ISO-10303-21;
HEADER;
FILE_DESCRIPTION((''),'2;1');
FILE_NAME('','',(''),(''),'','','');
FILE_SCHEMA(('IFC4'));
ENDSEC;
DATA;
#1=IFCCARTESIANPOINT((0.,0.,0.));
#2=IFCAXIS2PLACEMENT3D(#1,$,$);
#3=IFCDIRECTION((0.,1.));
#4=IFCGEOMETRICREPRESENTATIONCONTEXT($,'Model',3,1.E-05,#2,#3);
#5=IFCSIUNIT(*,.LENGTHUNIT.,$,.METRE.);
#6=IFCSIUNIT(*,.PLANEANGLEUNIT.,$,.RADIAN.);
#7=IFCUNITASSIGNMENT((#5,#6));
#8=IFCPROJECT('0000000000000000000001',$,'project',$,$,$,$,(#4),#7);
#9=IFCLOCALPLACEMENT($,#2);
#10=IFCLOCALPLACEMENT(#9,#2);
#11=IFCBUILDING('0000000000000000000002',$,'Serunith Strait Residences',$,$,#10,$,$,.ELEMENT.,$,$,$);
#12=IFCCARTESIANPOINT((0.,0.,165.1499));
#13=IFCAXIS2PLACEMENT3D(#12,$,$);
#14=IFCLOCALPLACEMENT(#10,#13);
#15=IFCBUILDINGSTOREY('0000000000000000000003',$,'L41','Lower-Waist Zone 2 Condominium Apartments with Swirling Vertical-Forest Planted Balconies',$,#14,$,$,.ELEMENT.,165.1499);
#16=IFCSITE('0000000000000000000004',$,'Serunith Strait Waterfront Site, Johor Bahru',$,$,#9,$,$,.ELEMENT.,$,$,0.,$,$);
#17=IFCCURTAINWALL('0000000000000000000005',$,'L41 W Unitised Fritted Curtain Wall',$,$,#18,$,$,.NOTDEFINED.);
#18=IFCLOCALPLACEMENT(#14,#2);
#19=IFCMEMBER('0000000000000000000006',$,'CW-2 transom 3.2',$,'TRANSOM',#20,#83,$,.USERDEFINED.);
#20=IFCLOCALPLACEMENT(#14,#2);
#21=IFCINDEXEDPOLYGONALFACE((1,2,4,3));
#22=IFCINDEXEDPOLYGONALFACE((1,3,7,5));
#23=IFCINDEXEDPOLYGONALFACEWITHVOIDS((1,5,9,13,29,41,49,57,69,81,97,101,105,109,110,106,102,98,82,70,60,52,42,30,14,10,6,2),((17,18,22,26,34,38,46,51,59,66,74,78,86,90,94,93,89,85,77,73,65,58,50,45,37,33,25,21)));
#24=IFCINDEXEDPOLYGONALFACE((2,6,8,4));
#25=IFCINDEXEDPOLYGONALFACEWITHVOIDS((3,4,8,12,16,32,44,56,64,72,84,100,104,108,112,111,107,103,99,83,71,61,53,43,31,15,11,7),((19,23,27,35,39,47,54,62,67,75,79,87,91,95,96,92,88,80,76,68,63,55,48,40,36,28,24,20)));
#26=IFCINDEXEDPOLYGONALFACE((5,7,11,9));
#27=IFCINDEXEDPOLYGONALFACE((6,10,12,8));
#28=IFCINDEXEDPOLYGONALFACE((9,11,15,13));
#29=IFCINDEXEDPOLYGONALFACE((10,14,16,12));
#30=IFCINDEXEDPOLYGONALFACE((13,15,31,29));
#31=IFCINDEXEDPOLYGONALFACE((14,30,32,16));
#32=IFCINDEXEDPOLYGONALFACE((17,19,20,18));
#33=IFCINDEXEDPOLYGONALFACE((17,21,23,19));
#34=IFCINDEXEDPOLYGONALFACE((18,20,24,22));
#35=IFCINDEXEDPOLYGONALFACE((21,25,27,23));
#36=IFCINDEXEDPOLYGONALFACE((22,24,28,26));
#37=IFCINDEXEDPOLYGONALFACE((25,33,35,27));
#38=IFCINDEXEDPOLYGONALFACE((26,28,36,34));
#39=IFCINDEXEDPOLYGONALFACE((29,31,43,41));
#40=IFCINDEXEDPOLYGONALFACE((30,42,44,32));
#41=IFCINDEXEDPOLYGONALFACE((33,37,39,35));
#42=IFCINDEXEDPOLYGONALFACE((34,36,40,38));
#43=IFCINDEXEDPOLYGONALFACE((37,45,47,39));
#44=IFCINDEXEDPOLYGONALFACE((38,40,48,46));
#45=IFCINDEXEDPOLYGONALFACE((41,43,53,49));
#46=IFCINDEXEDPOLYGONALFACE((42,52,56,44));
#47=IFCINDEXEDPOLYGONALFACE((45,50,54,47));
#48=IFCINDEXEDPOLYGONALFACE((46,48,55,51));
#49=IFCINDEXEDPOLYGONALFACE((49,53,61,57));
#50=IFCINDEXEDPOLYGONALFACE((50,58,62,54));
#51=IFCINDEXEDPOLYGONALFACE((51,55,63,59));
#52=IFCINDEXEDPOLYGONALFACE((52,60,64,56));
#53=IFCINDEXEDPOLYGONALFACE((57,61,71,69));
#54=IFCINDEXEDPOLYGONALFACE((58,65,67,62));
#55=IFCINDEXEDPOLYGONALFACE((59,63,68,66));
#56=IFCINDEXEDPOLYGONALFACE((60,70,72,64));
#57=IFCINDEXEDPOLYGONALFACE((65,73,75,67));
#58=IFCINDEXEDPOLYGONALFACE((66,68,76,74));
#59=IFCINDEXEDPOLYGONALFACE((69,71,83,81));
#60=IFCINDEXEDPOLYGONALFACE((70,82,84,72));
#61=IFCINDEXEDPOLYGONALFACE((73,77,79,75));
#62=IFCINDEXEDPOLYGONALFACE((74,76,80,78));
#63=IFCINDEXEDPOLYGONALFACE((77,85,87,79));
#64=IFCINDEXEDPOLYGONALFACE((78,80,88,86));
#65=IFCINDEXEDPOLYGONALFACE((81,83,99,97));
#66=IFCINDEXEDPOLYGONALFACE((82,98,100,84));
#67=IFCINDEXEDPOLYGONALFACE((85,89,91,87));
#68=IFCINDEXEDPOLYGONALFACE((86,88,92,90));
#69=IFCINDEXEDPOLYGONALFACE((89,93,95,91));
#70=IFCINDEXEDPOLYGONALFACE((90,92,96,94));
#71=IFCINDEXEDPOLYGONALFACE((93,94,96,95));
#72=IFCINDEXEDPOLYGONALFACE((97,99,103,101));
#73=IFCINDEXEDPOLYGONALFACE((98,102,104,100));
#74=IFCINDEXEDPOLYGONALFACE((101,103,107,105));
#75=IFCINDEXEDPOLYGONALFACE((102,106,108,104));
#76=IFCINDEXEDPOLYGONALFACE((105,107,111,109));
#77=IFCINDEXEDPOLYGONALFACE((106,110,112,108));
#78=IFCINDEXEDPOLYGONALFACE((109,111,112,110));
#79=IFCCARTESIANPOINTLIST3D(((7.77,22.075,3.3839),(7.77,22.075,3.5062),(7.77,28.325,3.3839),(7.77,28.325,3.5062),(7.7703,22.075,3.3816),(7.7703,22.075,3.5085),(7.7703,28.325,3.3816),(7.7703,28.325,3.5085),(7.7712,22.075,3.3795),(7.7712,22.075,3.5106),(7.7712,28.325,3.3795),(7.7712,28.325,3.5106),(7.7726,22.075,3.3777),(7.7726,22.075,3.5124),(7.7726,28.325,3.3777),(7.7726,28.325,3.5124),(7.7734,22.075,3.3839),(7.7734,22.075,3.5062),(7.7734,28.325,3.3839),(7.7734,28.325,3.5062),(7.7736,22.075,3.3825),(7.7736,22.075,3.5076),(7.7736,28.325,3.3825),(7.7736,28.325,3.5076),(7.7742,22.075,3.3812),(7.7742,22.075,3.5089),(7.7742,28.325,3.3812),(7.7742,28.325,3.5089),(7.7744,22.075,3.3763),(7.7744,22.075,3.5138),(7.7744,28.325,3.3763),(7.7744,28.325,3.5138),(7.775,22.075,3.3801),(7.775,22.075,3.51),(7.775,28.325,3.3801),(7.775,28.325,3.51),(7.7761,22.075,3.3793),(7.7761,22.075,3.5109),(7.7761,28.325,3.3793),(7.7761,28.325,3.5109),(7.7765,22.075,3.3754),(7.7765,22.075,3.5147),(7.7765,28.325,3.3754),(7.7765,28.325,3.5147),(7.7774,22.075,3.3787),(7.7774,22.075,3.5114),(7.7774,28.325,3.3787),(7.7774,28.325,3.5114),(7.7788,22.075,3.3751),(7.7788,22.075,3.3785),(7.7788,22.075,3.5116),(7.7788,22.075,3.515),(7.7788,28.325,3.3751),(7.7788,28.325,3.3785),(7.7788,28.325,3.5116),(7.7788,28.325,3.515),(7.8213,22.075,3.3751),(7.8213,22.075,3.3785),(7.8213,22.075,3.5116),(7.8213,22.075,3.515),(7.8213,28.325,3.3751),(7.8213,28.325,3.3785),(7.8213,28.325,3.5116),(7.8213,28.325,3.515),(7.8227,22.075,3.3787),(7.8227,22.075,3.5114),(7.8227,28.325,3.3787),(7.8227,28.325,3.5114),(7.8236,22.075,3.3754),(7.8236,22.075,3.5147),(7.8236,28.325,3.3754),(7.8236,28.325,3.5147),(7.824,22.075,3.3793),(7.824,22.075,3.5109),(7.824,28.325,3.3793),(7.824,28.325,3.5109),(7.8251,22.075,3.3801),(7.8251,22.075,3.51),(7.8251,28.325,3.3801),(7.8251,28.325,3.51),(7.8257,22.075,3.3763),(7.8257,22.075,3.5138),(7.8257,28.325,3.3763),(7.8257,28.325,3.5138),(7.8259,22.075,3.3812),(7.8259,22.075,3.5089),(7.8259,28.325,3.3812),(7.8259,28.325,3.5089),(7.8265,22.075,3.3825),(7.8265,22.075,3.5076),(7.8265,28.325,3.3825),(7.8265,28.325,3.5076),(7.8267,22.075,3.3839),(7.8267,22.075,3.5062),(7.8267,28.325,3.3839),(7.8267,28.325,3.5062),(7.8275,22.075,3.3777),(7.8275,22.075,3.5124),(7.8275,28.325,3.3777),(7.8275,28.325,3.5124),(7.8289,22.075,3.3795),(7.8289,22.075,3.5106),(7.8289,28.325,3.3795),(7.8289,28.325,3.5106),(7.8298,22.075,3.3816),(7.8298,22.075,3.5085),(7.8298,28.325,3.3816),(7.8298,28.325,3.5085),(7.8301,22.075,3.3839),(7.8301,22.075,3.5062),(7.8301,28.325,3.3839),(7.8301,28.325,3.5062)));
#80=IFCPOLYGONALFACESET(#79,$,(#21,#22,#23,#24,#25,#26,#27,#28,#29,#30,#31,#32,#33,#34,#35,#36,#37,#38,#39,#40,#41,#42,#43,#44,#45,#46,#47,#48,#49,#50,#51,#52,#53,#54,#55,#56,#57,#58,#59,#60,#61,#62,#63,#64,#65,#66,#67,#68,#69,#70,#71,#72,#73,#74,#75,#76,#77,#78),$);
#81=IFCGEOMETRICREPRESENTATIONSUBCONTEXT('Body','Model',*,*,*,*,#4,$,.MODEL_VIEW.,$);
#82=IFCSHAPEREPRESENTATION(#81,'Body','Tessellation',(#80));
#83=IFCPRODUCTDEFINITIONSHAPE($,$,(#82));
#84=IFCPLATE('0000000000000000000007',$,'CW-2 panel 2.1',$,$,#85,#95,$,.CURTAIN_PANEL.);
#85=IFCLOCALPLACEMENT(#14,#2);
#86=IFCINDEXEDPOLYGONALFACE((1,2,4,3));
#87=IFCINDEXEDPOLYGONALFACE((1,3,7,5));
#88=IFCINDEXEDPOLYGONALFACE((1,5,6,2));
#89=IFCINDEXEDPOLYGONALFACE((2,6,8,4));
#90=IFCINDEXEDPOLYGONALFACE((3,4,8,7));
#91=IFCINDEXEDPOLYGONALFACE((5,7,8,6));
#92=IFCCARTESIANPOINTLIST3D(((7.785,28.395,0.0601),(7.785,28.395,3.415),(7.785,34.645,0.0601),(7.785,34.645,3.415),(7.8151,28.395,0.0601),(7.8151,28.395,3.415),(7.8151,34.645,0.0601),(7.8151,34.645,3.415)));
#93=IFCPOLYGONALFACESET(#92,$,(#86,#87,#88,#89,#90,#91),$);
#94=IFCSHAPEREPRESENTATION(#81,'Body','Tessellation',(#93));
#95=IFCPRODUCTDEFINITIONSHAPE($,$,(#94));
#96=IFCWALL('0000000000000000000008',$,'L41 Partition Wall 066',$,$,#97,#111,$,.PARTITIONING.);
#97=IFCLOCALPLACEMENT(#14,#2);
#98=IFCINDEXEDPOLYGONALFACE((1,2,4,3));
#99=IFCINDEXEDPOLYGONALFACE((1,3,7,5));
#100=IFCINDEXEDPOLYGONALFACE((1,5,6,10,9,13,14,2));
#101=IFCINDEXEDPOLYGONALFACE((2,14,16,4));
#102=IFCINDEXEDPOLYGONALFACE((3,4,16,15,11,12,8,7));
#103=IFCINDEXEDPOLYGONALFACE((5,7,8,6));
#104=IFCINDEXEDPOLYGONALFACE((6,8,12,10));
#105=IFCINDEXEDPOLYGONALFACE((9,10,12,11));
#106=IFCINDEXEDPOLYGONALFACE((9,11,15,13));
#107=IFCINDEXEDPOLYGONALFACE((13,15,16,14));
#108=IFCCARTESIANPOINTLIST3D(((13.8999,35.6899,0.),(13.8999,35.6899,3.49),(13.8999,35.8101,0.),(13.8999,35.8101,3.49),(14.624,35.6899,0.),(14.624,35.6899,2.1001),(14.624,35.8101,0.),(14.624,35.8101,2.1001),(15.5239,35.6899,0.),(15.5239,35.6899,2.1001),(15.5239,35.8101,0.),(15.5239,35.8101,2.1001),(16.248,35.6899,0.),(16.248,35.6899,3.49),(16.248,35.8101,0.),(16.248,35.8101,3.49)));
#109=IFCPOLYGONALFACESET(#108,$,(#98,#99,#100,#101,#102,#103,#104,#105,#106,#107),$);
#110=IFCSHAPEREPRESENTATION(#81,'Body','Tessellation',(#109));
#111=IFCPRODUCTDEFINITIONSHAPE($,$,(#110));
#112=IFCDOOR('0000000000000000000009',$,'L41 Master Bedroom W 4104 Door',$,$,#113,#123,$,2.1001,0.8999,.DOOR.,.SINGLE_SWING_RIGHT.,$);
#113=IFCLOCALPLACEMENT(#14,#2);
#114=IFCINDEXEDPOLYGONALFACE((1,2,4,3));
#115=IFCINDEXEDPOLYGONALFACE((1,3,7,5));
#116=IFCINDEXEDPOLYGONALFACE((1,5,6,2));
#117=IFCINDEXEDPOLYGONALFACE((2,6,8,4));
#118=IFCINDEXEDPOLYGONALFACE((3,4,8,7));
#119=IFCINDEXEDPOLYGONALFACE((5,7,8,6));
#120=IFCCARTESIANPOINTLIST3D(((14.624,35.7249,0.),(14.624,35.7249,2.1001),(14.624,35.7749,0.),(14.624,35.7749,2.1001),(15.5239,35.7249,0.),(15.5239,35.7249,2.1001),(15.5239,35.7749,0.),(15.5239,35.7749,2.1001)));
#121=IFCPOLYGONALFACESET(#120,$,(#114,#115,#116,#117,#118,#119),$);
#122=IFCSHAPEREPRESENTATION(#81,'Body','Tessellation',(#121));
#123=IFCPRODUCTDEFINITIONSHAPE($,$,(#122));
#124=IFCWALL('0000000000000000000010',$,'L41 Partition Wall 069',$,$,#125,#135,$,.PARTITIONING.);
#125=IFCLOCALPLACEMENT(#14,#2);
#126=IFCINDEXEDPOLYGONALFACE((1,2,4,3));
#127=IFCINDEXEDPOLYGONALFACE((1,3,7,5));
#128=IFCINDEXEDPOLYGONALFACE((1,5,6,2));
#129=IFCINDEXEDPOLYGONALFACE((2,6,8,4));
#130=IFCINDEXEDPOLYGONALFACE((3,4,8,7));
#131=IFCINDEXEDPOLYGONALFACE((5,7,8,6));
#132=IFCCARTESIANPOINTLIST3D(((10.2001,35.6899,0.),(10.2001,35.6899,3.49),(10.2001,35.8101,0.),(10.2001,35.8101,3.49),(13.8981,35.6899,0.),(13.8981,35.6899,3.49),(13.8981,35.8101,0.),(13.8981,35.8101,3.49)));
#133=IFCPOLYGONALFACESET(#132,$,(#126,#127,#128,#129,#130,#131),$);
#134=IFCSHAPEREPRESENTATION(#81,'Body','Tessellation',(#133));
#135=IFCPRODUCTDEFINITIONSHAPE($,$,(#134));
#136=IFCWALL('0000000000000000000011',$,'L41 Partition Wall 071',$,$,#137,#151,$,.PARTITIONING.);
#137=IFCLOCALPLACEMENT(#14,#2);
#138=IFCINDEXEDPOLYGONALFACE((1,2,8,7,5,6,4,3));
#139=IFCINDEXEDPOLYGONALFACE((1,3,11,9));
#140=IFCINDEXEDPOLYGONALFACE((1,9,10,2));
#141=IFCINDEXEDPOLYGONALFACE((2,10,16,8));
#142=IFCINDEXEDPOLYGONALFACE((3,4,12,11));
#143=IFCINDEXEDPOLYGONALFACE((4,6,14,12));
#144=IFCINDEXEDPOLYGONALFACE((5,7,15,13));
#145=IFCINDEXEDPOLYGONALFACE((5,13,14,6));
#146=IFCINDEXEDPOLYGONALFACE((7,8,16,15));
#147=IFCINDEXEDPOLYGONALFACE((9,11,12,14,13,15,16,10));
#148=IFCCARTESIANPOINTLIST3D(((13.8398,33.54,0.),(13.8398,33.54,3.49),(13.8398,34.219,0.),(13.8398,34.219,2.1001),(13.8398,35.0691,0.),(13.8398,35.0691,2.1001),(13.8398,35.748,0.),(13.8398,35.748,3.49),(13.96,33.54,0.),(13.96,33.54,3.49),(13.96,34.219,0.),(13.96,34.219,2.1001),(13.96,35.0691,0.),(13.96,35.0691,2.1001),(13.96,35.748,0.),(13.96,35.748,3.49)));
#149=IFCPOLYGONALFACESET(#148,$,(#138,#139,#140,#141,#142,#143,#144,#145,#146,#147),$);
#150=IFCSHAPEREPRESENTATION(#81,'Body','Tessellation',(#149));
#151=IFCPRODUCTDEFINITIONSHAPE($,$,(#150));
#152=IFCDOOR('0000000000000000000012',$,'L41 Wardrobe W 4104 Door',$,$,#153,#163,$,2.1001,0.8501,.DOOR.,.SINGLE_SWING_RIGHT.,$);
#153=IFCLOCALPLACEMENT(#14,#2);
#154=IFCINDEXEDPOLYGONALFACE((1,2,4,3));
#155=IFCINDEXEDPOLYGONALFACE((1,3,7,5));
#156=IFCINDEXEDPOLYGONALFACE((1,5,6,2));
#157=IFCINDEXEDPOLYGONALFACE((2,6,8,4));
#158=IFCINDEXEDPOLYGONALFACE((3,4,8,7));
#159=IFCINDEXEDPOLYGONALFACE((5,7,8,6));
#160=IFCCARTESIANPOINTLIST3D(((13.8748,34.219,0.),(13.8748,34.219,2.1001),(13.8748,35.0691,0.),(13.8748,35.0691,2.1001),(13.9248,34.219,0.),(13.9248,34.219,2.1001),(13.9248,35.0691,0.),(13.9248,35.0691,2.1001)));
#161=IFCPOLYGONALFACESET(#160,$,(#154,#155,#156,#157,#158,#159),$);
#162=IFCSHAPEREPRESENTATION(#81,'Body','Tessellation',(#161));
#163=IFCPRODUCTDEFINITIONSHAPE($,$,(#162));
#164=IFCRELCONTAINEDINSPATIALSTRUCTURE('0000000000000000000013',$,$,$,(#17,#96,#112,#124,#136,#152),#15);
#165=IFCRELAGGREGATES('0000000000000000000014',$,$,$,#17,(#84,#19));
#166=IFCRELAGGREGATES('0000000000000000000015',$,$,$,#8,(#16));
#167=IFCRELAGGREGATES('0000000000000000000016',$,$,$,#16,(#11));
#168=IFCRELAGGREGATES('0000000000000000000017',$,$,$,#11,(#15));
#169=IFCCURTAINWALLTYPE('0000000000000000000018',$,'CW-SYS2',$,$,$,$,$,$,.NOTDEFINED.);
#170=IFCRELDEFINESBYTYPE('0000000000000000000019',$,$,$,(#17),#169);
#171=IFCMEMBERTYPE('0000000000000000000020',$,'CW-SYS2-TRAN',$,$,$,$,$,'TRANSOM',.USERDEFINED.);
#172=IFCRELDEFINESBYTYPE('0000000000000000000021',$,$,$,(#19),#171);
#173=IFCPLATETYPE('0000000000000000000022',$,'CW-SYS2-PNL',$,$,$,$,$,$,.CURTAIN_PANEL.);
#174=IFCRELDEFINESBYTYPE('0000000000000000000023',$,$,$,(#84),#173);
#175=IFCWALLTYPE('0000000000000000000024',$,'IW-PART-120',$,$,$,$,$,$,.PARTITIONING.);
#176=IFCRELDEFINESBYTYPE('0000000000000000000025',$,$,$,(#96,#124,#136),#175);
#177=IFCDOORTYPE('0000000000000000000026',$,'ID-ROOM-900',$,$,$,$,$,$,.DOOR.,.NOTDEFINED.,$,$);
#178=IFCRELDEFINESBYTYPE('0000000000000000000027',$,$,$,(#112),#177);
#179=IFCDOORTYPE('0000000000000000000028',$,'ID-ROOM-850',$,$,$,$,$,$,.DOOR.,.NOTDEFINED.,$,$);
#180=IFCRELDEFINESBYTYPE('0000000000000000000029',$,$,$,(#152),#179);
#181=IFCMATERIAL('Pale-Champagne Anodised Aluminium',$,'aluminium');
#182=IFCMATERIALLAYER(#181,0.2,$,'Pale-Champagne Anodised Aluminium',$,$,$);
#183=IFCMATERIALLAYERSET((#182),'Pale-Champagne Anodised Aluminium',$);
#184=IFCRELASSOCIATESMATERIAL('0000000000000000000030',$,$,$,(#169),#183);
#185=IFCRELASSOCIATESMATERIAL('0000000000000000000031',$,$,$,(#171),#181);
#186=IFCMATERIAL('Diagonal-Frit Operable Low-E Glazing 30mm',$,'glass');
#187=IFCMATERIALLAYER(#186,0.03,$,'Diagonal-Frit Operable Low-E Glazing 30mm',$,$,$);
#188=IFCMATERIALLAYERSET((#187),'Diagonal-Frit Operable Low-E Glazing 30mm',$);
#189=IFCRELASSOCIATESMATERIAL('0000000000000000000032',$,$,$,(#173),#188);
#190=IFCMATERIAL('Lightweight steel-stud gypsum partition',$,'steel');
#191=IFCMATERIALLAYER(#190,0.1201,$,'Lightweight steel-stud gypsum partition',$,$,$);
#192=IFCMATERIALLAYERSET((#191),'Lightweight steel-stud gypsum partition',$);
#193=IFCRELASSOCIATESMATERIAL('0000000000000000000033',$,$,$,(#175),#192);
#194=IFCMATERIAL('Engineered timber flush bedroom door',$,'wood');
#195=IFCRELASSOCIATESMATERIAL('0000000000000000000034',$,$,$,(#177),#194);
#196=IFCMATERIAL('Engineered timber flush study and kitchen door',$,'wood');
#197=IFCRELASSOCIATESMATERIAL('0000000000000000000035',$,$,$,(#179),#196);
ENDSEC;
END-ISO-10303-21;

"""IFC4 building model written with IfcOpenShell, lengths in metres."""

from ifc_helpers import new_model, si_unit, direction, frame, frame_2d, origin, origin_2d, place, context, subcontext, project, spatial, rectangle, hollow_rectangle, extrude, source, transform, mapped, material, layer, layer_set, material_profile, profile_set, type_object, element, fill, aggregate, save


model = new_model("IFC4")

# Units and contexts
model_context = context("Model", 3, precision=1e-05, world=origin(), true_north=direction((0.0, 1.0)))
body_context = subcontext(model_context, "Body", "Model", "MODEL_VIEW")
ifc_project = project(units=[si_unit("LENGTHUNIT", "METRE"), si_unit("PLANEANGLEUNIT", "RADIAN")], contexts=[model_context])

# Site, building, storey
site_placement = place(None, origin())
site = spatial("IfcSite", under=ifc_project, at=site_placement, Name="Serunith Strait Waterfront Site, Johor Bahru", CompositionType="ELEMENT", RefElevation=0.0)
building_placement = place(site_placement, origin())
building = spatial("IfcBuilding", under=site, at=building_placement, Name="Serunith Strait Residences", CompositionType="ELEMENT")
storey_placement = place(building_placement, frame((0.0, 0.0, 165.1499)))
storey = spatial("IfcBuildingStorey", under=building, at=storey_placement, Name="L41", Description="Lower-Waist Zone 2 Condominium Apartments with Swirling Vertical-Forest Planted Balconies", CompositionType="ELEMENT", Elevation=165.1499)

# Curtain wall, member, plate
ifc_material_1 = material(Name="Pale-Champagne Anodised Aluminium", Category="aluminium")
ifc_layer_1 = layer(ifc_material_1, 0.2, Name="Pale-Champagne Anodised Aluminium")
ifc_layer_set_1 = layer_set([ifc_layer_1], Name="Pale-Champagne Anodised Aluminium")
curtain_wall_type = type_object("IfcCurtainWallType", Name="CW-SYS2", PredefinedType="NOTDEFINED", material=ifc_layer_set_1)
curtain_wall_placement = place(storey_placement, origin())
curtain_wall = element("IfcCurtainWall", 1, at=curtain_wall_placement, inside=storey, type_object=curtain_wall_type, Name="L41 W Unitised Fritted Curtain Wall", PredefinedType="NOTDEFINED")
ifc_material_profile_1 = material_profile(ifc_material_1, hollow_rectangle(XDim=0.0601, YDim=0.1399, WallThickness=0.0034, InnerFilletRadius=0.0054, OuterFilletRadius=0.0088, at=origin_2d()), Name="ALU 140x60x3.5")
ifc_profile_set_1 = profile_set([ifc_material_profile_1], Name="Pale-Champagne Anodised Aluminium")
member_type_1 = type_object("IfcMemberType", Name="CW-SYS2-TRAN", ElementType="TRANSOM", PredefinedType="USERDEFINED", material=ifc_profile_set_1)
shared_shape_1 = source(origin(), body_context, "Body", "SweptSolid", [
    extrude(hollow_rectangle(XDim=0.0601, YDim=0.1399, WallThickness=0.0034, InnerFilletRadius=0.0054, OuterFilletRadius=0.0088, at=origin_2d()), origin(), (0.0, 0.0, 1.0), 6.25),
])
member_1_placement = place(storey_placement, frame((7.8, 28.325, 3.4451), z_axis=(0.0, -1.0, 0.0), x_axis=(1.0, 0.0, 0.0)))
member_1 = element("IfcMember", 2, at=member_1_placement, type_object=member_type_1, Name="CW-2 transom 3.2", ObjectType="TRANSOM", PredefinedType="USERDEFINED", context=body_context, shape_type="MappedRepresentation", body=[
    mapped(shared_shape_1, transform((0.0, 0.0, 0.0), scale=1.0)),
])
ifc_material_2 = material(Name="Diagonal-Frit Operable Low-E Glazing 30mm", Category="glass")
ifc_layer_2 = layer(ifc_material_2, 0.03, Name="Diagonal-Frit Operable Low-E Glazing 30mm")
ifc_layer_set_2 = layer_set([ifc_layer_2], Name="Diagonal-Frit Operable Low-E Glazing 30mm")
plate_type = type_object("IfcPlateType", Name="CW-SYS2-PNL", PredefinedType="CURTAIN_PANEL", material=ifc_layer_set_2)
shared_shape_2 = source(origin(), body_context, "Body", "SweptSolid", [
    extrude(rectangle(XDim=6.25, YDim=0.03, at=origin_2d()), origin(), (0.0, 0.0, 1.0), 3.355),
])
plate_placement = place(storey_placement, frame((7.8, 31.52, 0.0601), z_axis=(0.0, 0.0, 1.0), x_axis=(0.0, -1.0, 0.0)))
plate = element("IfcPlate", 3, at=plate_placement, type_object=plate_type, Name="CW-2 panel 2.1", PredefinedType="CURTAIN_PANEL", context=body_context, shape_type="MappedRepresentation", body=[
    mapped(shared_shape_2, transform((0.0, 0.0, 0.0), scale=1.0)),
])
aggregate(curtain_wall, [plate, member_1])

# Wall, opening, door
ifc_material_3 = material(Name="Lightweight steel-stud gypsum partition", Category="steel")
ifc_layer_3 = layer(ifc_material_3, 0.1201, Name="Lightweight steel-stud gypsum partition")
ifc_layer_set_3 = layer_set([ifc_layer_3], Name="Lightweight steel-stud gypsum partition")
wall_type_1 = type_object("IfcWallType", Name="IW-PART-120", PredefinedType="PARTITIONING", material=ifc_layer_set_3)
wall_1_placement = place(storey_placement, frame((13.8999, 35.75, 0.0), z_axis=(0.0, 0.0, 1.0), x_axis=(1.0, 0.0, 0.0)))
wall_1 = element("IfcWall", 4, at=wall_1_placement, inside=storey, type_object=wall_type_1, Name="L41 Partition Wall 066", PredefinedType="PARTITIONING", context=body_context, shape_type="SweptSolid", body=[
    extrude(rectangle(XDim=2.3481, YDim=0.1201, at=frame_2d((1.1741, 0.0))), origin(), (0.0, 0.0, 1.0), 3.49),
])
opening_1_placement = place(wall_1_placement, frame((0.7241, 0.0, 0.0)))
opening_1 = element("IfcOpeningElement", 5, at=opening_1_placement, cuts=wall_1, PredefinedType="OPENING", context=body_context, shape_type="SweptSolid", body=[
    extrude(rectangle(XDim=0.8999, YDim=2.1001, at=frame_2d((0.45, 1.05))), frame((0.0, 0.0701, 0.0), z_axis=(0.0, -1.0, 0.0), x_axis=(1.0, 0.0, 0.0)), (0.0, 0.0, 1.0), 0.1401),
])
ifc_material_4 = material(Name="Engineered timber flush bedroom door", Category="wood")
door_type_1 = type_object("IfcDoorType", Name="ID-ROOM-900", OperationType="NOTDEFINED", PredefinedType="DOOR", material=ifc_material_4)
shared_shape_3 = source(origin(), body_context, "Body", "SweptSolid", [
    extrude(rectangle(XDim=0.8999, YDim=2.1001, at=frame_2d((0.45, 1.05))), frame((0.0, 0.0249, 0.0), z_axis=(0.0, -1.0, 0.0), x_axis=(1.0, 0.0, 0.0)), (0.0, 0.0, 1.0), 0.05),
])
door_1_placement = place(opening_1_placement, origin())
door_1 = element("IfcDoor", 6, at=door_1_placement, inside=storey, type_object=door_type_1, Name="L41 Master Bedroom W 4104 Door", OperationType="SINGLE_SWING_RIGHT", OverallHeight=2.1001, OverallWidth=0.8999, PredefinedType="DOOR", context=body_context, shape_type="MappedRepresentation", body=[
    mapped(shared_shape_3, transform((0.0, 0.0, 0.0), scale=1.0)),
])
fill(opening_1, door_1)

# Wall
wall_2_placement = place(storey_placement, frame((10.2, 35.75, 0.0), z_axis=(0.0, 0.0, 1.0), x_axis=(1.0, 0.0, 0.0)))
element("IfcWall", 7, at=wall_2_placement, inside=storey, type_object=wall_type_1, Name="L41 Partition Wall 069", PredefinedType="PARTITIONING", context=body_context, shape_type="SweptSolid", body=[
    extrude(rectangle(XDim=3.698, YDim=0.1201, at=frame_2d((1.8491, 0.0))), origin(), (0.0, 0.0, 1.0), 3.49),
])

# Wall, opening, door
wall_3_placement = place(storey_placement, frame((13.8999, 35.748, 0.0), z_axis=(0.0, 0.0, 1.0), x_axis=(0.0, -1.0, 0.0)))
wall_3 = element("IfcWall", 8, at=wall_3_placement, inside=storey, type_object=wall_type_1, Name="L41 Partition Wall 071", PredefinedType="PARTITIONING", context=body_context, shape_type="SweptSolid", body=[
    extrude(rectangle(XDim=2.208, YDim=0.1201, at=frame_2d((1.104, 0.0))), origin(), (0.0, 0.0, 1.0), 3.49),
])
opening_2_placement = place(wall_3_placement, frame((0.679, 0.0, 0.0)))
opening_2 = element("IfcOpeningElement", 9, at=opening_2_placement, cuts=wall_3, PredefinedType="OPENING", context=body_context, shape_type="SweptSolid", body=[
    extrude(rectangle(XDim=0.8501, YDim=2.1001, at=frame_2d((0.425, 1.05))), frame((0.0, 0.0701, 0.0), z_axis=(0.0, -1.0, 0.0), x_axis=(1.0, 0.0, 0.0)), (0.0, 0.0, 1.0), 0.1401),
])
ifc_material_5 = material(Name="Engineered timber flush study and kitchen door", Category="wood")
door_type_2 = type_object("IfcDoorType", Name="ID-ROOM-850", OperationType="NOTDEFINED", PredefinedType="DOOR", material=ifc_material_5)
shared_shape_4 = source(origin(), body_context, "Body", "SweptSolid", [
    extrude(rectangle(XDim=0.8501, YDim=2.1001, at=frame_2d((0.425, 1.05))), frame((0.0, 0.0249, 0.0), z_axis=(0.0, -1.0, 0.0), x_axis=(1.0, 0.0, 0.0)), (0.0, 0.0, 1.0), 0.05),
])
door_2_placement = place(opening_2_placement, origin())
door_2 = element("IfcDoor", 10, at=door_2_placement, inside=storey, type_object=door_type_2, Name="L41 Wardrobe W 4104 Door", OperationType="SINGLE_SWING_RIGHT", OverallHeight=2.1001, OverallWidth=0.8501, PredefinedType="DOOR", context=body_context, shape_type="MappedRepresentation", body=[
    mapped(shared_shape_4, transform((0.0, 0.0, 0.0), scale=1.0)),
])
fill(opening_2, door_2)

save(model, "model.ifc")
